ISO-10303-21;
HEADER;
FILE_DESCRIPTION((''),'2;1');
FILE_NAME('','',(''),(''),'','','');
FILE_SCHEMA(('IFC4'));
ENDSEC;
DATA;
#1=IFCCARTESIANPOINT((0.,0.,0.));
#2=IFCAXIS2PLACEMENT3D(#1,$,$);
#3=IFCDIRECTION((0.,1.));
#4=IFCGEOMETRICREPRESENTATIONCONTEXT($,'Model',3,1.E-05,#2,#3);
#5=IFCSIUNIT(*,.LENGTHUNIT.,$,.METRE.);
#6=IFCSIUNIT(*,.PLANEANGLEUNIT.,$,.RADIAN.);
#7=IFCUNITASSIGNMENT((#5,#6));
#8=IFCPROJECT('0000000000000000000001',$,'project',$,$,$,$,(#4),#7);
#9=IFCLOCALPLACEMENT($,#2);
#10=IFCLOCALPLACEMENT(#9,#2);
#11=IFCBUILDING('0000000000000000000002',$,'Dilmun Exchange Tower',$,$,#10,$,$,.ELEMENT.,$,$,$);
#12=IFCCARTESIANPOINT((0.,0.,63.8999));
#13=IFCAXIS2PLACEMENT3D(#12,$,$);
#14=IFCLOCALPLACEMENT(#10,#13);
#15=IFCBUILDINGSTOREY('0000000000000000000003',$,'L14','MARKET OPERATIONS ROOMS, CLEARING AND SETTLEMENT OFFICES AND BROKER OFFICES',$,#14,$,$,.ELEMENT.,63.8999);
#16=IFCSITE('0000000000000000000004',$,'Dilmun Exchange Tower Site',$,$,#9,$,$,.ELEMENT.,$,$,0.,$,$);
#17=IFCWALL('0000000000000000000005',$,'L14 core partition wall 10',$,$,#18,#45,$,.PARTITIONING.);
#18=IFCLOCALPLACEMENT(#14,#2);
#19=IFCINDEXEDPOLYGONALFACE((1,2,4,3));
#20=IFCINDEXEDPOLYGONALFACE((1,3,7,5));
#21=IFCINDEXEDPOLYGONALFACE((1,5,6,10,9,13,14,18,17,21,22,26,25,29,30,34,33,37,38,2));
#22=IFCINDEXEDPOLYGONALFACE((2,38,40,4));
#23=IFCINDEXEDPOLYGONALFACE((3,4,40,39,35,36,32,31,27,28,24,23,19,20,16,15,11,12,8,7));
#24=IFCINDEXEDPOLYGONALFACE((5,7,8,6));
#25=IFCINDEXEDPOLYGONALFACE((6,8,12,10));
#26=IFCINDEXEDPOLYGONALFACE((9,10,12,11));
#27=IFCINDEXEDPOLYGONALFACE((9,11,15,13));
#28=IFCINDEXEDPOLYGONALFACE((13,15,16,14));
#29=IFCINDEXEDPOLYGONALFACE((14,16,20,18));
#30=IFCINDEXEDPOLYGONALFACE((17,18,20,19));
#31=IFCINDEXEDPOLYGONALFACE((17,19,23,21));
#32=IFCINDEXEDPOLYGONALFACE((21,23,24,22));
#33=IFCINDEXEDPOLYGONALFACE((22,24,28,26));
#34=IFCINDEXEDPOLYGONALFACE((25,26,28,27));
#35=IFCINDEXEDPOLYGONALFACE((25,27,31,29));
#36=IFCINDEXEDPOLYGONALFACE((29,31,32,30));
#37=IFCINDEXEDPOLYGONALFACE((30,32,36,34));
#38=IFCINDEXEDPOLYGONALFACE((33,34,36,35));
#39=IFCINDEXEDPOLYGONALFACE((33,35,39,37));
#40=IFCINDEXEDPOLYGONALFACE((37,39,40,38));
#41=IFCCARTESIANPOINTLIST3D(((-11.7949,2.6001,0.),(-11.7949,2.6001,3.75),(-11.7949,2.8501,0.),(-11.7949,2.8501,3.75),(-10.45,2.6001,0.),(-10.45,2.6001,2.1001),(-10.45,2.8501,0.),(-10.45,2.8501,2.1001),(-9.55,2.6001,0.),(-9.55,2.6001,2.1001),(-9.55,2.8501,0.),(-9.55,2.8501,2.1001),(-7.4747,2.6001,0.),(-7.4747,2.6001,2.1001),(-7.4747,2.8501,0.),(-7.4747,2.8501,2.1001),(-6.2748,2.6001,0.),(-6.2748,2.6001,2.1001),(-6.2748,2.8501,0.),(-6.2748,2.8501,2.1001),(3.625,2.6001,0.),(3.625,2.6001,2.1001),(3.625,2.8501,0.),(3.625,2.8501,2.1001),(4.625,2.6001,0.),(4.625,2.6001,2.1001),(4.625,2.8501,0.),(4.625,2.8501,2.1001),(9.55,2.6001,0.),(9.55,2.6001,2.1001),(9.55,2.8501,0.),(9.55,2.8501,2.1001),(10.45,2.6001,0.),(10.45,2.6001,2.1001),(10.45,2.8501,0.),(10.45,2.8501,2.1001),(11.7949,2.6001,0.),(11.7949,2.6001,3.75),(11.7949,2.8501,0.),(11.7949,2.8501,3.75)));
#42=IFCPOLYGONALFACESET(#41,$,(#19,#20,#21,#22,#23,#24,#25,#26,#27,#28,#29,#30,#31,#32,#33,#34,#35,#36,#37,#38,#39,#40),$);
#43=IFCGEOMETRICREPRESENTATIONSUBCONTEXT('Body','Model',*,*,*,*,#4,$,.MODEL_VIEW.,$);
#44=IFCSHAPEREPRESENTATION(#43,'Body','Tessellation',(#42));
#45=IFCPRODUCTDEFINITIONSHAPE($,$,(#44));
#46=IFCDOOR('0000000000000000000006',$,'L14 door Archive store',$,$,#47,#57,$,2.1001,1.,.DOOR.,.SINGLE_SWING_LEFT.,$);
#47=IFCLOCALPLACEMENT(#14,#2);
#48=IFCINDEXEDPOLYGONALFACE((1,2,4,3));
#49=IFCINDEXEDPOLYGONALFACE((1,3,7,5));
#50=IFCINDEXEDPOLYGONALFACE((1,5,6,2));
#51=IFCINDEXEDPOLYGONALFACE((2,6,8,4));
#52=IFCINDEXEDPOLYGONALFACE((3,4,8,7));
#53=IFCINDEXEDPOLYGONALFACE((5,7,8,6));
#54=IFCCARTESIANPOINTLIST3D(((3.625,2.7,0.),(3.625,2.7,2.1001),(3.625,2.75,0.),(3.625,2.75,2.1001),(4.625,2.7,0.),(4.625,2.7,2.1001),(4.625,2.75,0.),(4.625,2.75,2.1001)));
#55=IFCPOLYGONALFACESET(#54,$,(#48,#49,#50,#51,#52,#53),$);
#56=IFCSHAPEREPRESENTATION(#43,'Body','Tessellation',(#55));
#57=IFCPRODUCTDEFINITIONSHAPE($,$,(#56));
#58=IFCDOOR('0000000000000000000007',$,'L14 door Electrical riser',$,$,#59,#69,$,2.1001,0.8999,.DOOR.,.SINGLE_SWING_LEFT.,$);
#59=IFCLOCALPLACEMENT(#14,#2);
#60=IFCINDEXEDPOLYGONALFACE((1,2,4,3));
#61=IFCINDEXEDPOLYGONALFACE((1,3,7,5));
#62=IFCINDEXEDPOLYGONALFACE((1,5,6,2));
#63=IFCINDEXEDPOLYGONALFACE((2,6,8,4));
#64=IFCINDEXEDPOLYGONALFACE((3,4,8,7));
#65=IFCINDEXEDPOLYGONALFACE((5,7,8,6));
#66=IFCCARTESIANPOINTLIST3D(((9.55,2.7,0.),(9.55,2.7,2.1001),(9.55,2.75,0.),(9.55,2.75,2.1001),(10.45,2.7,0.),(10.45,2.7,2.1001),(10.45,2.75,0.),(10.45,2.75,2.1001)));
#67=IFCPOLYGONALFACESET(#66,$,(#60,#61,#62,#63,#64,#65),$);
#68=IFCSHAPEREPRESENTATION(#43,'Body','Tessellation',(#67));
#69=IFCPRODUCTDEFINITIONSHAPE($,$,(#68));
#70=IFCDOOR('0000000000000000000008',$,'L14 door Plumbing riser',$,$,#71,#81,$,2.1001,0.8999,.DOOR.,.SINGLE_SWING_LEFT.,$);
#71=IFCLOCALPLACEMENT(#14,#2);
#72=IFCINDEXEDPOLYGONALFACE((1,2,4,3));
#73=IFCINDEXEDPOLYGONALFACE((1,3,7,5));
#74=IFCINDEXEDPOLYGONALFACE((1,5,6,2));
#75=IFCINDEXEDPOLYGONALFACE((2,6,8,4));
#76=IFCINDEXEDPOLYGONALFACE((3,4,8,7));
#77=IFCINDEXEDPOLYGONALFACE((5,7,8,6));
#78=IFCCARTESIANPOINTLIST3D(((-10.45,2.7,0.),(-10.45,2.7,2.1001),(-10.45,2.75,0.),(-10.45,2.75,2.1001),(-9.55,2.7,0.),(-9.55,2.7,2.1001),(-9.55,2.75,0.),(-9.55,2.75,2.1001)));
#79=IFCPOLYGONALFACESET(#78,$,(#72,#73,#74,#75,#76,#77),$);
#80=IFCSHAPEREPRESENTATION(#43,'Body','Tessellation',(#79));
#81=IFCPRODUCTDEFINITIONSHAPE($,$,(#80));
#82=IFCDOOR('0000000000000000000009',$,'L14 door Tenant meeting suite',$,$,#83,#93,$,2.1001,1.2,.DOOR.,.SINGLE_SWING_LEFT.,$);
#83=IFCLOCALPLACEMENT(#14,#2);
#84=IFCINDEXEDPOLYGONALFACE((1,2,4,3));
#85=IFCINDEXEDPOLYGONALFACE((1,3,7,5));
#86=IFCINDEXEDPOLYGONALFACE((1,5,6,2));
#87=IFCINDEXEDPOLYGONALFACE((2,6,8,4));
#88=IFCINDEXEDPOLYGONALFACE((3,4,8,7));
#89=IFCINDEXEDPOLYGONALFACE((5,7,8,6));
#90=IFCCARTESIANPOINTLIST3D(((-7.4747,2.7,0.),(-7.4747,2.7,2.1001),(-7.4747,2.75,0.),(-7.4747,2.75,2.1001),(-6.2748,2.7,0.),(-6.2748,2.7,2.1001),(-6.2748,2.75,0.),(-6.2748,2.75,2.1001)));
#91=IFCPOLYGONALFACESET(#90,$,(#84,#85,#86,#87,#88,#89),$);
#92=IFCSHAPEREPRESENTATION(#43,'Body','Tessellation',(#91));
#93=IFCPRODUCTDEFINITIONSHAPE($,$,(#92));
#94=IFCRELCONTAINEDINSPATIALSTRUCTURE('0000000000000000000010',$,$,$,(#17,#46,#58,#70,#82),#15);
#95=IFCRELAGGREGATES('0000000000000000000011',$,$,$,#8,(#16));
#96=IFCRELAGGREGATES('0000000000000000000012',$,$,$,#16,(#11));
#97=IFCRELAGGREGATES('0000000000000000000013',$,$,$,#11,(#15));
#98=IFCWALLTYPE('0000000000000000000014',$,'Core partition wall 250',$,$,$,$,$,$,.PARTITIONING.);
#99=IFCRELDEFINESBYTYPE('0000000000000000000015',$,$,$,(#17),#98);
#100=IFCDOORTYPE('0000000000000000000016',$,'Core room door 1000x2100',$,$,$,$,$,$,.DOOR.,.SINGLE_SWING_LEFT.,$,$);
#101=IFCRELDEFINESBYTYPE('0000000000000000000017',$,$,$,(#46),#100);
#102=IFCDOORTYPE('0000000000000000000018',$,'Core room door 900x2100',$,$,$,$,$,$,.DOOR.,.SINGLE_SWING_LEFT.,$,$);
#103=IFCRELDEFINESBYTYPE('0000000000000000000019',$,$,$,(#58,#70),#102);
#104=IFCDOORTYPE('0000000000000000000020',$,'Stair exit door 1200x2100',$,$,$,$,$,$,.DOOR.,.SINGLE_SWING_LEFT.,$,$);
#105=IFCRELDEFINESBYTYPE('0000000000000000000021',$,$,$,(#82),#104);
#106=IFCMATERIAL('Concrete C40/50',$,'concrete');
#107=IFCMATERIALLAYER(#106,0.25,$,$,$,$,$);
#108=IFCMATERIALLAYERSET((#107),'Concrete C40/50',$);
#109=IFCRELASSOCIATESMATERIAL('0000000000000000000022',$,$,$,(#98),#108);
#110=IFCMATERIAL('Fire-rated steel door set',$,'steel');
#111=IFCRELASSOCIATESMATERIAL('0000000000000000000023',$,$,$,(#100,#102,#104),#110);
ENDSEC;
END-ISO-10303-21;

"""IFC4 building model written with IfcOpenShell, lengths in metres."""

from ifc_helpers import new_model, si_unit, direction, frame, frame_2d, origin, place, context, subcontext, project, spatial, rectangle, extrude, material, layer, layer_set, type_object, element, fill, save


model = new_model("IFC4")

# Units and contexts
model_context = context("Model", 3, precision=1e-05, world=origin(), true_north=direction((0.0, 1.0)))
body_context = subcontext(model_context, "Body", "Model", "MODEL_VIEW")
ifc_project = project(units=[si_unit("LENGTHUNIT", "METRE"), si_unit("PLANEANGLEUNIT", "RADIAN")], contexts=[model_context])

# Site, building, storey
site_placement = place(None, origin())
site = spatial("IfcSite", under=ifc_project, at=site_placement, Name="Dilmun Exchange Tower Site", CompositionType="ELEMENT", RefElevation=0.0)
building_placement = place(site_placement, origin())
building = spatial("IfcBuilding", under=site, at=building_placement, Name="Dilmun Exchange Tower", CompositionType="ELEMENT")
storey_placement = place(building_placement, frame((0.0, 0.0, 63.8999)))
storey = spatial("IfcBuildingStorey", under=building, at=storey_placement, Name="L14", Description="MARKET OPERATIONS ROOMS, CLEARING AND SETTLEMENT OFFICES AND BROKER OFFICES", CompositionType="ELEMENT", Elevation=63.8999)

# Shared definitions
ifc_material_1 = material(Name="Concrete C40/50", Category="concrete")

# Wall, openings, doors
ifc_layer_1 = layer(ifc_material_1, 0.25)
ifc_layer_set_1 = layer_set([ifc_layer_1], Name="Concrete C40/50")
wall_type_1 = type_object("IfcWallType", Name="Core partition wall 250", PredefinedType="PARTITIONING", material=ifc_layer_set_1)
wall_1_placement = place(storey_placement, frame((-11.7949, 2.7251, 0.0), z_axis=(0.0, 0.0, 1.0), x_axis=(1.0, 0.0, 0.0)))
wall_1 = element("IfcWall", 1, at=wall_1_placement, inside=storey, type_object=wall_type_1, Name="L14 core partition wall 10", PredefinedType="PARTITIONING", context=body_context, shape_type="SweptSolid", body=[
    extrude(rectangle(XDim=23.5898, YDim=0.25, at=frame_2d((11.7949, 0.0))), origin(), (0.0, 0.0, 1.0), 3.75),
])
opening_1_placement = place(wall_1_placement, frame((21.345, 0.0, 0.0)))
opening_1 = element("IfcOpeningElement", 2, at=opening_1_placement, cuts=wall_1, PredefinedType="OPENING", context=body_context, shape_type="SweptSolid", body=[
    extrude(rectangle(XDim=0.8999, YDim=2.1001, at=frame_2d((0.45, 1.05))), frame((0.0, 0.135, 0.0), z_axis=(0.0, -1.0, 0.0), x_axis=(1.0, 0.0, 0.0)), (0.0, 0.0, 1.0), 0.27),
])
opening_2_placement = place(wall_1_placement, frame((1.345, 0.0, 0.0)))
opening_2 = element("IfcOpeningElement", 3, at=opening_2_placement, cuts=wall_1, PredefinedType="OPENING", context=body_context, shape_type="SweptSolid", body=[
    extrude(rectangle(XDim=0.8999, YDim=2.1001, at=frame_2d((0.45, 1.05))), frame((0.0, 0.135, 0.0), z_axis=(0.0, -1.0, 0.0), x_axis=(1.0, 0.0, 0.0)), (0.0, 0.0, 1.0), 0.27),
])
opening_3_placement = place(wall_1_placement, frame((4.3201, 0.0, 0.0)))
opening_3 = element("IfcOpeningElement", 4, at=opening_3_placement, cuts=wall_1, PredefinedType="OPENING", context=body_context, shape_type="SweptSolid", body=[
    extrude(rectangle(XDim=1.2, YDim=2.1001, at=frame_2d((0.6001, 1.05))), frame((0.0, 0.135, 0.0), z_axis=(0.0, -1.0, 0.0), x_axis=(1.0, 0.0, 0.0)), (0.0, 0.0, 1.0), 0.27),
])
opening_4_placement = place(wall_1_placement, frame((15.4199, 0.0, 0.0)))
opening_4 = element("IfcOpeningElement", 5, at=opening_4_placement, cuts=wall_1, PredefinedType="OPENING", context=body_context, shape_type="SweptSolid", body=[
    extrude(rectangle(XDim=1.0, YDim=2.1001, at=frame_2d((0.5, 1.05))), frame((0.0, 0.135, 0.0), z_axis=(0.0, -1.0, 0.0), x_axis=(1.0, 0.0, 0.0)), (0.0, 0.0, 1.0), 0.27),
])
ifc_material_2 = material(Name="Fire-rated steel door set", Category="steel")
door_type_1 = type_object("IfcDoorType", Name="Core room door 1000x2100", OperationType="SINGLE_SWING_LEFT", PredefinedType="DOOR", material=ifc_material_2)
door_1_placement = place(opening_4_placement, origin())
door_1 = element("IfcDoor", 6, at=door_1_placement, inside=storey, type_object=door_type_1, Name="L14 door Archive store", OperationType="SINGLE_SWING_LEFT", OverallHeight=2.1001, OverallWidth=1.0, PredefinedType="DOOR", context=body_context, shape_type="SweptSolid", body=[
    extrude(rectangle(XDim=1.0, YDim=2.1001, at=frame_2d((0.5, 1.05))), frame((0.0, 0.0249, 0.0), z_axis=(0.0, -1.0, 0.0), x_axis=(1.0, 0.0, 0.0)), (0.0, 0.0, 1.0), 0.05),
])
fill(opening_4, door_1)
door_type_2 = type_object("IfcDoorType", Name="Core room door 900x2100", OperationType="SINGLE_SWING_LEFT", PredefinedType="DOOR", material=ifc_material_2)
door_2_placement = place(opening_1_placement, origin())
door_2 = element("IfcDoor", 7, at=door_2_placement, inside=storey, type_object=door_type_2, Name="L14 door Electrical riser", OperationType="SINGLE_SWING_LEFT", OverallHeight=2.1001, OverallWidth=0.8999, PredefinedType="DOOR", context=body_context, shape_type="SweptSolid", body=[
    extrude(rectangle(XDim=0.8999, YDim=2.1001, at=frame_2d((0.45, 1.05))), frame((0.0, 0.0249, 0.0), z_axis=(0.0, -1.0, 0.0), x_axis=(1.0, 0.0, 0.0)), (0.0, 0.0, 1.0), 0.05),
])
fill(opening_1, door_2)
door_3_placement = place(opening_2_placement, origin())
door_3 = element("IfcDoor", 8, at=door_3_placement, inside=storey, type_object=door_type_2, Name="L14 door Plumbing riser", OperationType="SINGLE_SWING_LEFT", OverallHeight=2.1001, OverallWidth=0.8999, PredefinedType="DOOR", context=body_context, shape_type="SweptSolid", body=[
    extrude(rectangle(XDim=0.8999, YDim=2.1001, at=frame_2d((0.45, 1.05))), frame((0.0, 0.0249, 0.0), z_axis=(0.0, -1.0, 0.0), x_axis=(1.0, 0.0, 0.0)), (0.0, 0.0, 1.0), 0.05),
])
fill(opening_2, door_3)
door_type_3 = type_object("IfcDoorType", Name="Stair exit door 1200x2100", OperationType="SINGLE_SWING_LEFT", PredefinedType="DOOR", material=ifc_material_2)
door_4_placement = place(opening_3_placement, origin())
door_4 = element("IfcDoor", 9, at=door_4_placement, inside=storey, type_object=door_type_3, Name="L14 door Tenant meeting suite", OperationType="SINGLE_SWING_LEFT", OverallHeight=2.1001, OverallWidth=1.2, PredefinedType="DOOR", context=body_context, shape_type="SweptSolid", body=[
    extrude(rectangle(XDim=1.2, YDim=2.1001, at=frame_2d((0.6001, 1.05))), frame((0.0, 0.0249, 0.0), z_axis=(0.0, -1.0, 0.0), x_axis=(1.0, 0.0, 0.0)), (0.0, 0.0, 1.0), 0.05),
])
fill(opening_3, door_4)

save(model, "model.ifc")
